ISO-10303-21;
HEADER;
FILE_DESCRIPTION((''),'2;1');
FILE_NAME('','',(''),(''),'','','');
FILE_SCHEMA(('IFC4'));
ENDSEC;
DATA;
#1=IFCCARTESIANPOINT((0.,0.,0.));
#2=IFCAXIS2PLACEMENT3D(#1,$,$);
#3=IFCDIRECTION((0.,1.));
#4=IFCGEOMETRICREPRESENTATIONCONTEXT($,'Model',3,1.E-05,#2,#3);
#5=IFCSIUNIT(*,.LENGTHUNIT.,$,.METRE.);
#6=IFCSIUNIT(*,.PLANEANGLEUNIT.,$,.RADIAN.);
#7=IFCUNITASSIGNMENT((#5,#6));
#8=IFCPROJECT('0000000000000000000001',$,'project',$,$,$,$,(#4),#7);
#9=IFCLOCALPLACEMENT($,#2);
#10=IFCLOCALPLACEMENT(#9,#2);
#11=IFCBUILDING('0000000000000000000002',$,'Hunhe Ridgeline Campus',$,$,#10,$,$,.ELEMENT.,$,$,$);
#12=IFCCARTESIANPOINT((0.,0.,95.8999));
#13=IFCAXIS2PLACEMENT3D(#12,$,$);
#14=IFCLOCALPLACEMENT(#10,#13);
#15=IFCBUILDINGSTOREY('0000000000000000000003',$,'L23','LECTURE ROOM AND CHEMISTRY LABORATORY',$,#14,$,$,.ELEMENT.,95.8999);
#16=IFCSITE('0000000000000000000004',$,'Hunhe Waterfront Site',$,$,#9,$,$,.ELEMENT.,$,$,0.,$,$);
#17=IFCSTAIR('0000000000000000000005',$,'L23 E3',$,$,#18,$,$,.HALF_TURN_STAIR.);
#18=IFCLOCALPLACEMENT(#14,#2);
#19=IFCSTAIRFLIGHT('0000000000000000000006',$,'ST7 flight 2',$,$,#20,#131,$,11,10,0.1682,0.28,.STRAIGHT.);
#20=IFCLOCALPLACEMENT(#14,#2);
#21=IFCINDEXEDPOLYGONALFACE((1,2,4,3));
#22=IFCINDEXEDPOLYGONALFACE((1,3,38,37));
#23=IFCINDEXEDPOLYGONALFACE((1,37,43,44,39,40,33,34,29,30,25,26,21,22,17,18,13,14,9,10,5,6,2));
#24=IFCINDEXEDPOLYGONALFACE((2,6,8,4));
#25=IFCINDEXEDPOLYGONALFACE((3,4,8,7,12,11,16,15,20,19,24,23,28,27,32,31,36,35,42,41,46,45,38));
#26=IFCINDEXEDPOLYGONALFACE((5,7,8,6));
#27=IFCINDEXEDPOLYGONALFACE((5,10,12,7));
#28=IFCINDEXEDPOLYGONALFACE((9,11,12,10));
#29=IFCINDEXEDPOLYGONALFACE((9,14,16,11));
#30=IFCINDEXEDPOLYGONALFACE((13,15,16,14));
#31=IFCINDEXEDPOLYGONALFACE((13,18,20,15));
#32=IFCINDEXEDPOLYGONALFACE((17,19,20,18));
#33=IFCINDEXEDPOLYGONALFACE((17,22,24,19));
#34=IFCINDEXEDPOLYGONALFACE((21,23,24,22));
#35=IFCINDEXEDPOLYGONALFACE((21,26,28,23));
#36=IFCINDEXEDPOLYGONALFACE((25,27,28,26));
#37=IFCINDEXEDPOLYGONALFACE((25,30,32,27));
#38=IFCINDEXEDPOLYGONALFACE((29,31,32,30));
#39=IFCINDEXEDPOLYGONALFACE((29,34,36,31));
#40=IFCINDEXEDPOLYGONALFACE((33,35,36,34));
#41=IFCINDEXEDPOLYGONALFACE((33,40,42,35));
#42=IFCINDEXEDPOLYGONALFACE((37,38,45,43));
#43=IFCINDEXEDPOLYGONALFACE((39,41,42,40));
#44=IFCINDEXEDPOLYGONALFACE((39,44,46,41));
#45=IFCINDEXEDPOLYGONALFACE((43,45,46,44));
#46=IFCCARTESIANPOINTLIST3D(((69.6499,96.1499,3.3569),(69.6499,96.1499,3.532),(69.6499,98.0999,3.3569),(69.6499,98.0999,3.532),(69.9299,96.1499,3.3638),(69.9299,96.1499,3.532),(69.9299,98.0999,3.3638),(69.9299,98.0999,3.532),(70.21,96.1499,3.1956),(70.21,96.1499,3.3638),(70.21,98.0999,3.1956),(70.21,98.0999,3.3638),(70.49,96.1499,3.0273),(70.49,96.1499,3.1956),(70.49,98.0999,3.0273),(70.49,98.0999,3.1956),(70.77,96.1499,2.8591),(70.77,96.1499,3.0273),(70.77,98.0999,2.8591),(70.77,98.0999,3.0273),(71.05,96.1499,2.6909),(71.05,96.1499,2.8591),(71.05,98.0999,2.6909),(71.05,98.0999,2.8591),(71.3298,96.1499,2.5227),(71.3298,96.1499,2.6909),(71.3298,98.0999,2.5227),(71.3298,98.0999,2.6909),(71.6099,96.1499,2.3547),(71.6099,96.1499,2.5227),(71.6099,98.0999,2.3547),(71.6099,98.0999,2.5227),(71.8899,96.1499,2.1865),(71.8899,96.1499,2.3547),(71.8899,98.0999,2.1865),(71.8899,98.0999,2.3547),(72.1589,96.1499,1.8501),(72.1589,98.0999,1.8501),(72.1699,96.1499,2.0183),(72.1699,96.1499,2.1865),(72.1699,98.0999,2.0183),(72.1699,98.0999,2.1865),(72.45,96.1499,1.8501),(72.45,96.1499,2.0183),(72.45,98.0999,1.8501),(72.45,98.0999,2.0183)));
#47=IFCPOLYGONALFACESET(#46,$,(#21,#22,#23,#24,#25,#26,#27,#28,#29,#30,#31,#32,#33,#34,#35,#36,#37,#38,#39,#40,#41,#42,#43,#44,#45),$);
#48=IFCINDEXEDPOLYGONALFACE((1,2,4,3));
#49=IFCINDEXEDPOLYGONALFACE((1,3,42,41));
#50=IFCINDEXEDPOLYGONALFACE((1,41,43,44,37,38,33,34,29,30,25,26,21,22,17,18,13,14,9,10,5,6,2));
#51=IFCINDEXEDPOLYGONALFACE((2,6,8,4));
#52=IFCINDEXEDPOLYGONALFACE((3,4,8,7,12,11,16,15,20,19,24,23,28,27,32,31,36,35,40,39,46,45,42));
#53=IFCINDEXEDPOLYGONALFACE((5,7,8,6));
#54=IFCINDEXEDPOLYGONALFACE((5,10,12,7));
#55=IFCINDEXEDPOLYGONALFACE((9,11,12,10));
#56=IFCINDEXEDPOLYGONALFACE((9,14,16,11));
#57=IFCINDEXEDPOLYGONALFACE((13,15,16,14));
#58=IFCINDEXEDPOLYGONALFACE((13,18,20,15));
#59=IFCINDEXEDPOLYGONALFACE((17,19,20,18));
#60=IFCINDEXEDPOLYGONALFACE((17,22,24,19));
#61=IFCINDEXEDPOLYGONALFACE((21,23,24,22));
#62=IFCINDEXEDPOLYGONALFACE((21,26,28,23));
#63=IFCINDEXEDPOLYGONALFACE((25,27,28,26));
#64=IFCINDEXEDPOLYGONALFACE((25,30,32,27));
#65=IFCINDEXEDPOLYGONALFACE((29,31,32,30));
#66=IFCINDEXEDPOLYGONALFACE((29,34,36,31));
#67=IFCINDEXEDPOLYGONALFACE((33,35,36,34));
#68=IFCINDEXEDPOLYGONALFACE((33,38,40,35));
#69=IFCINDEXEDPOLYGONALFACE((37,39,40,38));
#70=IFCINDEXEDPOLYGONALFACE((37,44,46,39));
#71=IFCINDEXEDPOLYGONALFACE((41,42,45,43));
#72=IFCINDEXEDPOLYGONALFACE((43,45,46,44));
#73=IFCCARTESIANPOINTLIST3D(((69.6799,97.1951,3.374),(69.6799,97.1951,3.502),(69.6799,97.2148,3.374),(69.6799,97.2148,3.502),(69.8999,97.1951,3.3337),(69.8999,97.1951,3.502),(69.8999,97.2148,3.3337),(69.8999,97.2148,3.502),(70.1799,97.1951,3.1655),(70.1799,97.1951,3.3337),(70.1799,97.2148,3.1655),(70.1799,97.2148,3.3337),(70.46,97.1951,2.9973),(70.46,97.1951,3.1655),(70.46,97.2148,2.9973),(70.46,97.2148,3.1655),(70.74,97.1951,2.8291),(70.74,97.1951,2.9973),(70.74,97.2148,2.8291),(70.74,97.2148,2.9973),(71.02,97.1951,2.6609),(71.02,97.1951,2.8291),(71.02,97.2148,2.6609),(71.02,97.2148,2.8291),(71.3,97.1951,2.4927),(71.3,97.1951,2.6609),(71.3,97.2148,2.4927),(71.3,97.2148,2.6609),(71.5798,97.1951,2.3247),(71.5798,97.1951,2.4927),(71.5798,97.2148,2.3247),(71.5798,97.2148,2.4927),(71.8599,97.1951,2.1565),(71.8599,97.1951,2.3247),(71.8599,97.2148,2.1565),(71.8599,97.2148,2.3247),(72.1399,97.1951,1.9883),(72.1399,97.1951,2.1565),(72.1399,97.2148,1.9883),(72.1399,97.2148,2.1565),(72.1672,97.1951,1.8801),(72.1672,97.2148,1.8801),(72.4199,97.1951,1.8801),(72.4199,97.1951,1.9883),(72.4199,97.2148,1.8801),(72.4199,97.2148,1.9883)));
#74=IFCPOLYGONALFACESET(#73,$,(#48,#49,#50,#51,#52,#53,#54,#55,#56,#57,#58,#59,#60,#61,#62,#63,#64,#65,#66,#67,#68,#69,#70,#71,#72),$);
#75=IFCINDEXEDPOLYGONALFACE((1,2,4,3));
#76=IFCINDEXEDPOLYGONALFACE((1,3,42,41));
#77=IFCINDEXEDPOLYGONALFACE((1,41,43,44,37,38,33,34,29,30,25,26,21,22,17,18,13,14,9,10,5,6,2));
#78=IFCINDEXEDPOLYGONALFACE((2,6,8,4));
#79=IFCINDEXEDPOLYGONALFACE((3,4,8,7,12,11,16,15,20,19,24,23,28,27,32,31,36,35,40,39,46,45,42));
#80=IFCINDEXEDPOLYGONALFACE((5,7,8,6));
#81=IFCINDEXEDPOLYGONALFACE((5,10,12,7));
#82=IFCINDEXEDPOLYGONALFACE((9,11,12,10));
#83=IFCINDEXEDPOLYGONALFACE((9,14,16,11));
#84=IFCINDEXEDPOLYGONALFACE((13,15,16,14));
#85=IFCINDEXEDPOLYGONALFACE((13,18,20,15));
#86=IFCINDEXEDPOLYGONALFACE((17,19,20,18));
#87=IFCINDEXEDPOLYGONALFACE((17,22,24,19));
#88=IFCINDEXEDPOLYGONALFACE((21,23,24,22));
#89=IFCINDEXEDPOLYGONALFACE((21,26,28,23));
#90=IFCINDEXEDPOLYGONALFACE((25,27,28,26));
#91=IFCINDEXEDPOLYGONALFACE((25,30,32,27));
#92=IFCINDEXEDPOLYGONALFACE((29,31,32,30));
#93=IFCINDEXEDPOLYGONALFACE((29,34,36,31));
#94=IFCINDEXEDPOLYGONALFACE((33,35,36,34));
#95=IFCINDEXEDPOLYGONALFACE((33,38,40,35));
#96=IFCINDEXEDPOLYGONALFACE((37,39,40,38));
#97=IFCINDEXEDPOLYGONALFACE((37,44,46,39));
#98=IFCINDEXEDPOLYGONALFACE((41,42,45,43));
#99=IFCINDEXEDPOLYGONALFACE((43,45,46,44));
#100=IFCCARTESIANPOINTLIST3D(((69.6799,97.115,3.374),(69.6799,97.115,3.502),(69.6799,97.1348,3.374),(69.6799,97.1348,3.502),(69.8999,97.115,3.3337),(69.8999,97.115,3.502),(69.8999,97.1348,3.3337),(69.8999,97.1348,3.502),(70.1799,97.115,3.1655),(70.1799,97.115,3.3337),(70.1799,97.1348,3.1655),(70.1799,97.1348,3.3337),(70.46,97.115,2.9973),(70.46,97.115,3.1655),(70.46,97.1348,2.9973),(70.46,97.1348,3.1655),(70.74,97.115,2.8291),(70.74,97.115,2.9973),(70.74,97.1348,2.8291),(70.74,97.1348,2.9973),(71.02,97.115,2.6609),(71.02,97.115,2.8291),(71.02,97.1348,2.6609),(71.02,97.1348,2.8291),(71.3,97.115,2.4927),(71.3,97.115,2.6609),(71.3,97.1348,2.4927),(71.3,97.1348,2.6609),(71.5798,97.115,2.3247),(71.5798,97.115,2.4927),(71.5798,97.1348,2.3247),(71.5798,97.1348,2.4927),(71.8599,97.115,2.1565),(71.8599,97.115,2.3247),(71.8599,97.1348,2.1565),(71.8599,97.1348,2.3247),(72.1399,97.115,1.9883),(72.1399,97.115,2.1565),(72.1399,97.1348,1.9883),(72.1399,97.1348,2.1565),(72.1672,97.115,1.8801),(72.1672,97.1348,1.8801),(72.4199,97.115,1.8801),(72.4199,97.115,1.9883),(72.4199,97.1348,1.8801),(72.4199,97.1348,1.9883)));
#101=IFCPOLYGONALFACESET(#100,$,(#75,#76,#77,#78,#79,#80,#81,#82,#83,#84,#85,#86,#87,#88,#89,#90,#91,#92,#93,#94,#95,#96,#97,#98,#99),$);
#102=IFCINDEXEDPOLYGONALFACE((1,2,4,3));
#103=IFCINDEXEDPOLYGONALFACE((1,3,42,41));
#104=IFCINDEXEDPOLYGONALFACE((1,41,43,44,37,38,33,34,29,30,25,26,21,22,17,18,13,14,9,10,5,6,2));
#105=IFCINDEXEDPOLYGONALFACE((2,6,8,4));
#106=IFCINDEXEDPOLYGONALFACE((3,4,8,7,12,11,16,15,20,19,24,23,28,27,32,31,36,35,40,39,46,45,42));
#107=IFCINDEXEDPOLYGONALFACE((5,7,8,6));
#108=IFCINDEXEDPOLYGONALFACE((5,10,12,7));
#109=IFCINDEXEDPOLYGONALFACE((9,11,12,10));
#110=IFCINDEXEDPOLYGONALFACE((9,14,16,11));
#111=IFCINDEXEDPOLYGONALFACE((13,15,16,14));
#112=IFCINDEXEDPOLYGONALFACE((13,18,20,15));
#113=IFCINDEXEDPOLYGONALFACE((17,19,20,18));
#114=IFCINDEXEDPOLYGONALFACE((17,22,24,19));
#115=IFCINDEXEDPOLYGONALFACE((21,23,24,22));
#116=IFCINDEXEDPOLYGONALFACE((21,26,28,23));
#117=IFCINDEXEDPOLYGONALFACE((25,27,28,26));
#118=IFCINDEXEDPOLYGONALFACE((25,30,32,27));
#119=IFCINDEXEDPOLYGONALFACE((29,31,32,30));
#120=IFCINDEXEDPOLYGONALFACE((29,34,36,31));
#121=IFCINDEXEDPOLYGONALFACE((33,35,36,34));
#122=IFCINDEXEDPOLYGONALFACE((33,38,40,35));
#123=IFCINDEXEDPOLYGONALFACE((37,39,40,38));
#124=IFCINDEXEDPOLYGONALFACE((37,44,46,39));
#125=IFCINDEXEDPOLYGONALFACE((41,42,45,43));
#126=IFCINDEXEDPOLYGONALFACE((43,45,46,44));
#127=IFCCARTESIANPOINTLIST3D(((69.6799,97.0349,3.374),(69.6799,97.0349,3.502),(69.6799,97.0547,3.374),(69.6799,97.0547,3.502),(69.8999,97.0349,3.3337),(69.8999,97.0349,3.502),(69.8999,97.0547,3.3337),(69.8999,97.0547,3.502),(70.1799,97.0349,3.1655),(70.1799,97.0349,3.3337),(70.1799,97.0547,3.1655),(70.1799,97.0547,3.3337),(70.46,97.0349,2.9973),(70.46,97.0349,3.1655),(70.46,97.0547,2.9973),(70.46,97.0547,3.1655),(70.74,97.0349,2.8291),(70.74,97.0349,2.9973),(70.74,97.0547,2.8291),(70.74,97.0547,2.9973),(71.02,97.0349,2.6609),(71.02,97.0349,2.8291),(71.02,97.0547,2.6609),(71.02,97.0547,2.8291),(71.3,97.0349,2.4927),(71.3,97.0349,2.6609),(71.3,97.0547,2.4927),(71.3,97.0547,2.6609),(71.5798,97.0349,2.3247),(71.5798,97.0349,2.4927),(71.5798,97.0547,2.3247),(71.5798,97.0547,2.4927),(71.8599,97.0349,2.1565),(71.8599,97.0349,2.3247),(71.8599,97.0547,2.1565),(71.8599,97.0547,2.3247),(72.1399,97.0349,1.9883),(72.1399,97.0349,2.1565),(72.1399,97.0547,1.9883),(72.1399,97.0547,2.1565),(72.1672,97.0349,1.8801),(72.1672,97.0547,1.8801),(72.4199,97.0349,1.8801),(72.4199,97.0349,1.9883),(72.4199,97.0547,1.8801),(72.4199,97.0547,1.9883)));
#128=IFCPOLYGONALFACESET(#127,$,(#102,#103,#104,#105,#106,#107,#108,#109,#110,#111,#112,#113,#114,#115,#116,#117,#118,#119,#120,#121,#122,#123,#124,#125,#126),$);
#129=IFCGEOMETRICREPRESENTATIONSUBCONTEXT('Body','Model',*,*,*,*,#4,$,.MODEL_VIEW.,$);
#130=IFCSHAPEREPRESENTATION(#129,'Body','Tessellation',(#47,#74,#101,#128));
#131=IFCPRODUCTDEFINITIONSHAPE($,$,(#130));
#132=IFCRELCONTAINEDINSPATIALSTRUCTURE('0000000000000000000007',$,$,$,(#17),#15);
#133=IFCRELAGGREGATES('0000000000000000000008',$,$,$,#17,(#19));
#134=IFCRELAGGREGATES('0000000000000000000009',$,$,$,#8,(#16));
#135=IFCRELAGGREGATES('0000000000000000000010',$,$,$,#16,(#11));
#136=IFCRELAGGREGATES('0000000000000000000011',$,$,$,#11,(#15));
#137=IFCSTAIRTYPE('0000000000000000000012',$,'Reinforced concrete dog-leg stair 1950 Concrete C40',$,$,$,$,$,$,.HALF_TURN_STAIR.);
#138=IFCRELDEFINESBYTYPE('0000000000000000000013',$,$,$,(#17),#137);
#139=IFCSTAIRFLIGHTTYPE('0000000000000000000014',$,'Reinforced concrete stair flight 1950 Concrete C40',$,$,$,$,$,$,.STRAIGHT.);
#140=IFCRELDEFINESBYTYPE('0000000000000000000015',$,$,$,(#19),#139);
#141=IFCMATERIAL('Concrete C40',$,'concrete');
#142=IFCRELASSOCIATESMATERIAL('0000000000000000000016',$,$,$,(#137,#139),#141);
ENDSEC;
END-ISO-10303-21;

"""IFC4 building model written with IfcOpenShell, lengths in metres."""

from ifc_helpers import new_model, si_unit, direction, frame, origin, place, context, subcontext, project, spatial, polyline, outline, extrude, material, type_object, element, aggregate, save


model = new_model("IFC4")

# Units and contexts
model_context = context("Model", 3, precision=1e-05, world=origin(), true_north=direction((0.0, 1.0)))
body_context = subcontext(model_context, "Body", "Model", "MODEL_VIEW")
ifc_project = project(units=[si_unit("LENGTHUNIT", "METRE"), si_unit("PLANEANGLEUNIT", "RADIAN")], contexts=[model_context])

# Site, building, storey
site_placement = place(None, origin())
site = spatial("IfcSite", under=ifc_project, at=site_placement, Name="Hunhe Waterfront Site", CompositionType="ELEMENT", RefElevation=0.0)
building_placement = place(site_placement, origin())
building = spatial("IfcBuilding", under=site, at=building_placement, Name="Hunhe Ridgeline Campus", CompositionType="ELEMENT")
storey_placement = place(building_placement, frame((0.0, 0.0, 95.8999)))
storey = spatial("IfcBuildingStorey", under=building, at=storey_placement, Name="L23", Description="LECTURE ROOM AND CHEMISTRY LABORATORY", CompositionType="ELEMENT", Elevation=95.8999)

# Stair, stair flight
ifc_material_1 = material(Name="Concrete C40", Category="concrete")
stair_type = type_object("IfcStairType", Name="Reinforced concrete dog-leg stair 1950 Concrete C40", PredefinedType="HALF_TURN_STAIR", material=ifc_material_1)
stair_placement = place(storey_placement, origin())
stair = element("IfcStair", 1, at=stair_placement, inside=storey, type_object=stair_type, Name="L23 E3", PredefinedType="HALF_TURN_STAIR")
stair_flight_type = type_object("IfcStairFlightType", Name="Reinforced concrete stair flight 1950 Concrete C40", PredefinedType="STRAIGHT", material=ifc_material_1)
stair_flight_placement = place(storey_placement, frame((72.45, 97.125, 1.8501), z_axis=(0.0, 0.0, 1.0), x_axis=(-1.0, 0.0, 0.0)))
stair_flight = element("IfcStairFlight", 2, at=stair_flight_placement, type_object=stair_flight_type, Name="ST7 flight 2", NumberOfRisers=11, NumberOfTreads=10, PredefinedType="STRAIGHT", RiserHeight=0.1682, TreadLength=0.28, context=body_context, shape_type="SweptSolid", body=[
    extrude(outline(polyline([(0.0, 0.0), (0.0, 0.1682), (0.28, 0.1682), (0.28, 0.3364), (0.5601, 0.3364), (0.5601, 0.5046), (0.8401, 0.5046), (0.8401, 0.6726), (1.1201, 0.6726), (1.1201, 0.8408), (1.3999, 0.8408), (1.3999, 1.009), (1.6799, 1.009), (1.6799, 1.1772), (1.96, 1.1772), (1.96, 1.3455), (2.24, 1.3455), (2.24, 1.5137), (2.52, 1.5137), (2.52, 1.6819), (2.8, 1.6819), (2.8, 1.8501), (2.8, 1.5068), (0.291, 0.0), (0.0, 0.0)])), frame((0.0, 0.9751, 0.0), z_axis=(0.0, -1.0, 0.0), x_axis=(1.0, 0.0, 0.0)), (0.0, 0.0, 1.0), 1.95),
    extrude(outline(polyline([(0.03, 0.03), (0.03, 0.1382), (0.3101, 0.1382), (0.3101, 0.3064), (0.5901, 0.3064), (0.5901, 0.4746), (0.8701, 0.4746), (0.8701, 0.6426), (1.1499, 0.6426), (1.1499, 0.8108), (1.4299, 0.8108), (1.4299, 0.979), (1.71, 0.979), (1.71, 1.1472), (1.99, 1.1472), (1.99, 1.3154), (2.27, 1.3154), (2.27, 1.4836), (2.55, 1.4836), (2.55, 1.6519), (2.77, 1.6519), (2.77, 1.5239), (0.2827, 0.03), (0.03, 0.03)])), frame((0.0, -0.0701, 0.0), z_axis=(0.0, -1.0, 0.0), x_axis=(1.0, 0.0, 0.0)), (0.0, 0.0, 1.0), 0.0198),
    extrude(outline(polyline([(0.03, 0.03), (0.03, 0.1382), (0.3101, 0.1382), (0.3101, 0.3064), (0.5901, 0.3064), (0.5901, 0.4746), (0.8701, 0.4746), (0.8701, 0.6426), (1.1499, 0.6426), (1.1499, 0.8108), (1.4299, 0.8108), (1.4299, 0.979), (1.71, 0.979), (1.71, 1.1472), (1.99, 1.1472), (1.99, 1.3154), (2.27, 1.3154), (2.27, 1.4836), (2.55, 1.4836), (2.55, 1.6519), (2.77, 1.6519), (2.77, 1.5239), (0.2827, 0.03), (0.03, 0.03)])), frame((0.0, 0.01, 0.0), z_axis=(0.0, -1.0, 0.0), x_axis=(1.0, 0.0, 0.0)), (0.0, 0.0, 1.0), 0.0198),
    extrude(outline(polyline([(0.03, 0.03), (0.03, 0.1382), (0.3101, 0.1382), (0.3101, 0.3064), (0.5901, 0.3064), (0.5901, 0.4746), (0.8701, 0.4746), (0.8701, 0.6426), (1.1499, 0.6426), (1.1499, 0.8108), (1.4299, 0.8108), (1.4299, 0.979), (1.71, 0.979), (1.71, 1.1472), (1.99, 1.1472), (1.99, 1.3154), (2.27, 1.3154), (2.27, 1.4836), (2.55, 1.4836), (2.55, 1.6519), (2.77, 1.6519), (2.77, 1.5239), (0.2827, 0.03), (0.03, 0.03)])), frame((0.0, 0.0901, 0.0), z_axis=(0.0, -1.0, 0.0), x_axis=(1.0, 0.0, 0.0)), (0.0, 0.0, 1.0), 0.0198),
])
aggregate(stair, [stair_flight])

save(model, "model.ifc")
